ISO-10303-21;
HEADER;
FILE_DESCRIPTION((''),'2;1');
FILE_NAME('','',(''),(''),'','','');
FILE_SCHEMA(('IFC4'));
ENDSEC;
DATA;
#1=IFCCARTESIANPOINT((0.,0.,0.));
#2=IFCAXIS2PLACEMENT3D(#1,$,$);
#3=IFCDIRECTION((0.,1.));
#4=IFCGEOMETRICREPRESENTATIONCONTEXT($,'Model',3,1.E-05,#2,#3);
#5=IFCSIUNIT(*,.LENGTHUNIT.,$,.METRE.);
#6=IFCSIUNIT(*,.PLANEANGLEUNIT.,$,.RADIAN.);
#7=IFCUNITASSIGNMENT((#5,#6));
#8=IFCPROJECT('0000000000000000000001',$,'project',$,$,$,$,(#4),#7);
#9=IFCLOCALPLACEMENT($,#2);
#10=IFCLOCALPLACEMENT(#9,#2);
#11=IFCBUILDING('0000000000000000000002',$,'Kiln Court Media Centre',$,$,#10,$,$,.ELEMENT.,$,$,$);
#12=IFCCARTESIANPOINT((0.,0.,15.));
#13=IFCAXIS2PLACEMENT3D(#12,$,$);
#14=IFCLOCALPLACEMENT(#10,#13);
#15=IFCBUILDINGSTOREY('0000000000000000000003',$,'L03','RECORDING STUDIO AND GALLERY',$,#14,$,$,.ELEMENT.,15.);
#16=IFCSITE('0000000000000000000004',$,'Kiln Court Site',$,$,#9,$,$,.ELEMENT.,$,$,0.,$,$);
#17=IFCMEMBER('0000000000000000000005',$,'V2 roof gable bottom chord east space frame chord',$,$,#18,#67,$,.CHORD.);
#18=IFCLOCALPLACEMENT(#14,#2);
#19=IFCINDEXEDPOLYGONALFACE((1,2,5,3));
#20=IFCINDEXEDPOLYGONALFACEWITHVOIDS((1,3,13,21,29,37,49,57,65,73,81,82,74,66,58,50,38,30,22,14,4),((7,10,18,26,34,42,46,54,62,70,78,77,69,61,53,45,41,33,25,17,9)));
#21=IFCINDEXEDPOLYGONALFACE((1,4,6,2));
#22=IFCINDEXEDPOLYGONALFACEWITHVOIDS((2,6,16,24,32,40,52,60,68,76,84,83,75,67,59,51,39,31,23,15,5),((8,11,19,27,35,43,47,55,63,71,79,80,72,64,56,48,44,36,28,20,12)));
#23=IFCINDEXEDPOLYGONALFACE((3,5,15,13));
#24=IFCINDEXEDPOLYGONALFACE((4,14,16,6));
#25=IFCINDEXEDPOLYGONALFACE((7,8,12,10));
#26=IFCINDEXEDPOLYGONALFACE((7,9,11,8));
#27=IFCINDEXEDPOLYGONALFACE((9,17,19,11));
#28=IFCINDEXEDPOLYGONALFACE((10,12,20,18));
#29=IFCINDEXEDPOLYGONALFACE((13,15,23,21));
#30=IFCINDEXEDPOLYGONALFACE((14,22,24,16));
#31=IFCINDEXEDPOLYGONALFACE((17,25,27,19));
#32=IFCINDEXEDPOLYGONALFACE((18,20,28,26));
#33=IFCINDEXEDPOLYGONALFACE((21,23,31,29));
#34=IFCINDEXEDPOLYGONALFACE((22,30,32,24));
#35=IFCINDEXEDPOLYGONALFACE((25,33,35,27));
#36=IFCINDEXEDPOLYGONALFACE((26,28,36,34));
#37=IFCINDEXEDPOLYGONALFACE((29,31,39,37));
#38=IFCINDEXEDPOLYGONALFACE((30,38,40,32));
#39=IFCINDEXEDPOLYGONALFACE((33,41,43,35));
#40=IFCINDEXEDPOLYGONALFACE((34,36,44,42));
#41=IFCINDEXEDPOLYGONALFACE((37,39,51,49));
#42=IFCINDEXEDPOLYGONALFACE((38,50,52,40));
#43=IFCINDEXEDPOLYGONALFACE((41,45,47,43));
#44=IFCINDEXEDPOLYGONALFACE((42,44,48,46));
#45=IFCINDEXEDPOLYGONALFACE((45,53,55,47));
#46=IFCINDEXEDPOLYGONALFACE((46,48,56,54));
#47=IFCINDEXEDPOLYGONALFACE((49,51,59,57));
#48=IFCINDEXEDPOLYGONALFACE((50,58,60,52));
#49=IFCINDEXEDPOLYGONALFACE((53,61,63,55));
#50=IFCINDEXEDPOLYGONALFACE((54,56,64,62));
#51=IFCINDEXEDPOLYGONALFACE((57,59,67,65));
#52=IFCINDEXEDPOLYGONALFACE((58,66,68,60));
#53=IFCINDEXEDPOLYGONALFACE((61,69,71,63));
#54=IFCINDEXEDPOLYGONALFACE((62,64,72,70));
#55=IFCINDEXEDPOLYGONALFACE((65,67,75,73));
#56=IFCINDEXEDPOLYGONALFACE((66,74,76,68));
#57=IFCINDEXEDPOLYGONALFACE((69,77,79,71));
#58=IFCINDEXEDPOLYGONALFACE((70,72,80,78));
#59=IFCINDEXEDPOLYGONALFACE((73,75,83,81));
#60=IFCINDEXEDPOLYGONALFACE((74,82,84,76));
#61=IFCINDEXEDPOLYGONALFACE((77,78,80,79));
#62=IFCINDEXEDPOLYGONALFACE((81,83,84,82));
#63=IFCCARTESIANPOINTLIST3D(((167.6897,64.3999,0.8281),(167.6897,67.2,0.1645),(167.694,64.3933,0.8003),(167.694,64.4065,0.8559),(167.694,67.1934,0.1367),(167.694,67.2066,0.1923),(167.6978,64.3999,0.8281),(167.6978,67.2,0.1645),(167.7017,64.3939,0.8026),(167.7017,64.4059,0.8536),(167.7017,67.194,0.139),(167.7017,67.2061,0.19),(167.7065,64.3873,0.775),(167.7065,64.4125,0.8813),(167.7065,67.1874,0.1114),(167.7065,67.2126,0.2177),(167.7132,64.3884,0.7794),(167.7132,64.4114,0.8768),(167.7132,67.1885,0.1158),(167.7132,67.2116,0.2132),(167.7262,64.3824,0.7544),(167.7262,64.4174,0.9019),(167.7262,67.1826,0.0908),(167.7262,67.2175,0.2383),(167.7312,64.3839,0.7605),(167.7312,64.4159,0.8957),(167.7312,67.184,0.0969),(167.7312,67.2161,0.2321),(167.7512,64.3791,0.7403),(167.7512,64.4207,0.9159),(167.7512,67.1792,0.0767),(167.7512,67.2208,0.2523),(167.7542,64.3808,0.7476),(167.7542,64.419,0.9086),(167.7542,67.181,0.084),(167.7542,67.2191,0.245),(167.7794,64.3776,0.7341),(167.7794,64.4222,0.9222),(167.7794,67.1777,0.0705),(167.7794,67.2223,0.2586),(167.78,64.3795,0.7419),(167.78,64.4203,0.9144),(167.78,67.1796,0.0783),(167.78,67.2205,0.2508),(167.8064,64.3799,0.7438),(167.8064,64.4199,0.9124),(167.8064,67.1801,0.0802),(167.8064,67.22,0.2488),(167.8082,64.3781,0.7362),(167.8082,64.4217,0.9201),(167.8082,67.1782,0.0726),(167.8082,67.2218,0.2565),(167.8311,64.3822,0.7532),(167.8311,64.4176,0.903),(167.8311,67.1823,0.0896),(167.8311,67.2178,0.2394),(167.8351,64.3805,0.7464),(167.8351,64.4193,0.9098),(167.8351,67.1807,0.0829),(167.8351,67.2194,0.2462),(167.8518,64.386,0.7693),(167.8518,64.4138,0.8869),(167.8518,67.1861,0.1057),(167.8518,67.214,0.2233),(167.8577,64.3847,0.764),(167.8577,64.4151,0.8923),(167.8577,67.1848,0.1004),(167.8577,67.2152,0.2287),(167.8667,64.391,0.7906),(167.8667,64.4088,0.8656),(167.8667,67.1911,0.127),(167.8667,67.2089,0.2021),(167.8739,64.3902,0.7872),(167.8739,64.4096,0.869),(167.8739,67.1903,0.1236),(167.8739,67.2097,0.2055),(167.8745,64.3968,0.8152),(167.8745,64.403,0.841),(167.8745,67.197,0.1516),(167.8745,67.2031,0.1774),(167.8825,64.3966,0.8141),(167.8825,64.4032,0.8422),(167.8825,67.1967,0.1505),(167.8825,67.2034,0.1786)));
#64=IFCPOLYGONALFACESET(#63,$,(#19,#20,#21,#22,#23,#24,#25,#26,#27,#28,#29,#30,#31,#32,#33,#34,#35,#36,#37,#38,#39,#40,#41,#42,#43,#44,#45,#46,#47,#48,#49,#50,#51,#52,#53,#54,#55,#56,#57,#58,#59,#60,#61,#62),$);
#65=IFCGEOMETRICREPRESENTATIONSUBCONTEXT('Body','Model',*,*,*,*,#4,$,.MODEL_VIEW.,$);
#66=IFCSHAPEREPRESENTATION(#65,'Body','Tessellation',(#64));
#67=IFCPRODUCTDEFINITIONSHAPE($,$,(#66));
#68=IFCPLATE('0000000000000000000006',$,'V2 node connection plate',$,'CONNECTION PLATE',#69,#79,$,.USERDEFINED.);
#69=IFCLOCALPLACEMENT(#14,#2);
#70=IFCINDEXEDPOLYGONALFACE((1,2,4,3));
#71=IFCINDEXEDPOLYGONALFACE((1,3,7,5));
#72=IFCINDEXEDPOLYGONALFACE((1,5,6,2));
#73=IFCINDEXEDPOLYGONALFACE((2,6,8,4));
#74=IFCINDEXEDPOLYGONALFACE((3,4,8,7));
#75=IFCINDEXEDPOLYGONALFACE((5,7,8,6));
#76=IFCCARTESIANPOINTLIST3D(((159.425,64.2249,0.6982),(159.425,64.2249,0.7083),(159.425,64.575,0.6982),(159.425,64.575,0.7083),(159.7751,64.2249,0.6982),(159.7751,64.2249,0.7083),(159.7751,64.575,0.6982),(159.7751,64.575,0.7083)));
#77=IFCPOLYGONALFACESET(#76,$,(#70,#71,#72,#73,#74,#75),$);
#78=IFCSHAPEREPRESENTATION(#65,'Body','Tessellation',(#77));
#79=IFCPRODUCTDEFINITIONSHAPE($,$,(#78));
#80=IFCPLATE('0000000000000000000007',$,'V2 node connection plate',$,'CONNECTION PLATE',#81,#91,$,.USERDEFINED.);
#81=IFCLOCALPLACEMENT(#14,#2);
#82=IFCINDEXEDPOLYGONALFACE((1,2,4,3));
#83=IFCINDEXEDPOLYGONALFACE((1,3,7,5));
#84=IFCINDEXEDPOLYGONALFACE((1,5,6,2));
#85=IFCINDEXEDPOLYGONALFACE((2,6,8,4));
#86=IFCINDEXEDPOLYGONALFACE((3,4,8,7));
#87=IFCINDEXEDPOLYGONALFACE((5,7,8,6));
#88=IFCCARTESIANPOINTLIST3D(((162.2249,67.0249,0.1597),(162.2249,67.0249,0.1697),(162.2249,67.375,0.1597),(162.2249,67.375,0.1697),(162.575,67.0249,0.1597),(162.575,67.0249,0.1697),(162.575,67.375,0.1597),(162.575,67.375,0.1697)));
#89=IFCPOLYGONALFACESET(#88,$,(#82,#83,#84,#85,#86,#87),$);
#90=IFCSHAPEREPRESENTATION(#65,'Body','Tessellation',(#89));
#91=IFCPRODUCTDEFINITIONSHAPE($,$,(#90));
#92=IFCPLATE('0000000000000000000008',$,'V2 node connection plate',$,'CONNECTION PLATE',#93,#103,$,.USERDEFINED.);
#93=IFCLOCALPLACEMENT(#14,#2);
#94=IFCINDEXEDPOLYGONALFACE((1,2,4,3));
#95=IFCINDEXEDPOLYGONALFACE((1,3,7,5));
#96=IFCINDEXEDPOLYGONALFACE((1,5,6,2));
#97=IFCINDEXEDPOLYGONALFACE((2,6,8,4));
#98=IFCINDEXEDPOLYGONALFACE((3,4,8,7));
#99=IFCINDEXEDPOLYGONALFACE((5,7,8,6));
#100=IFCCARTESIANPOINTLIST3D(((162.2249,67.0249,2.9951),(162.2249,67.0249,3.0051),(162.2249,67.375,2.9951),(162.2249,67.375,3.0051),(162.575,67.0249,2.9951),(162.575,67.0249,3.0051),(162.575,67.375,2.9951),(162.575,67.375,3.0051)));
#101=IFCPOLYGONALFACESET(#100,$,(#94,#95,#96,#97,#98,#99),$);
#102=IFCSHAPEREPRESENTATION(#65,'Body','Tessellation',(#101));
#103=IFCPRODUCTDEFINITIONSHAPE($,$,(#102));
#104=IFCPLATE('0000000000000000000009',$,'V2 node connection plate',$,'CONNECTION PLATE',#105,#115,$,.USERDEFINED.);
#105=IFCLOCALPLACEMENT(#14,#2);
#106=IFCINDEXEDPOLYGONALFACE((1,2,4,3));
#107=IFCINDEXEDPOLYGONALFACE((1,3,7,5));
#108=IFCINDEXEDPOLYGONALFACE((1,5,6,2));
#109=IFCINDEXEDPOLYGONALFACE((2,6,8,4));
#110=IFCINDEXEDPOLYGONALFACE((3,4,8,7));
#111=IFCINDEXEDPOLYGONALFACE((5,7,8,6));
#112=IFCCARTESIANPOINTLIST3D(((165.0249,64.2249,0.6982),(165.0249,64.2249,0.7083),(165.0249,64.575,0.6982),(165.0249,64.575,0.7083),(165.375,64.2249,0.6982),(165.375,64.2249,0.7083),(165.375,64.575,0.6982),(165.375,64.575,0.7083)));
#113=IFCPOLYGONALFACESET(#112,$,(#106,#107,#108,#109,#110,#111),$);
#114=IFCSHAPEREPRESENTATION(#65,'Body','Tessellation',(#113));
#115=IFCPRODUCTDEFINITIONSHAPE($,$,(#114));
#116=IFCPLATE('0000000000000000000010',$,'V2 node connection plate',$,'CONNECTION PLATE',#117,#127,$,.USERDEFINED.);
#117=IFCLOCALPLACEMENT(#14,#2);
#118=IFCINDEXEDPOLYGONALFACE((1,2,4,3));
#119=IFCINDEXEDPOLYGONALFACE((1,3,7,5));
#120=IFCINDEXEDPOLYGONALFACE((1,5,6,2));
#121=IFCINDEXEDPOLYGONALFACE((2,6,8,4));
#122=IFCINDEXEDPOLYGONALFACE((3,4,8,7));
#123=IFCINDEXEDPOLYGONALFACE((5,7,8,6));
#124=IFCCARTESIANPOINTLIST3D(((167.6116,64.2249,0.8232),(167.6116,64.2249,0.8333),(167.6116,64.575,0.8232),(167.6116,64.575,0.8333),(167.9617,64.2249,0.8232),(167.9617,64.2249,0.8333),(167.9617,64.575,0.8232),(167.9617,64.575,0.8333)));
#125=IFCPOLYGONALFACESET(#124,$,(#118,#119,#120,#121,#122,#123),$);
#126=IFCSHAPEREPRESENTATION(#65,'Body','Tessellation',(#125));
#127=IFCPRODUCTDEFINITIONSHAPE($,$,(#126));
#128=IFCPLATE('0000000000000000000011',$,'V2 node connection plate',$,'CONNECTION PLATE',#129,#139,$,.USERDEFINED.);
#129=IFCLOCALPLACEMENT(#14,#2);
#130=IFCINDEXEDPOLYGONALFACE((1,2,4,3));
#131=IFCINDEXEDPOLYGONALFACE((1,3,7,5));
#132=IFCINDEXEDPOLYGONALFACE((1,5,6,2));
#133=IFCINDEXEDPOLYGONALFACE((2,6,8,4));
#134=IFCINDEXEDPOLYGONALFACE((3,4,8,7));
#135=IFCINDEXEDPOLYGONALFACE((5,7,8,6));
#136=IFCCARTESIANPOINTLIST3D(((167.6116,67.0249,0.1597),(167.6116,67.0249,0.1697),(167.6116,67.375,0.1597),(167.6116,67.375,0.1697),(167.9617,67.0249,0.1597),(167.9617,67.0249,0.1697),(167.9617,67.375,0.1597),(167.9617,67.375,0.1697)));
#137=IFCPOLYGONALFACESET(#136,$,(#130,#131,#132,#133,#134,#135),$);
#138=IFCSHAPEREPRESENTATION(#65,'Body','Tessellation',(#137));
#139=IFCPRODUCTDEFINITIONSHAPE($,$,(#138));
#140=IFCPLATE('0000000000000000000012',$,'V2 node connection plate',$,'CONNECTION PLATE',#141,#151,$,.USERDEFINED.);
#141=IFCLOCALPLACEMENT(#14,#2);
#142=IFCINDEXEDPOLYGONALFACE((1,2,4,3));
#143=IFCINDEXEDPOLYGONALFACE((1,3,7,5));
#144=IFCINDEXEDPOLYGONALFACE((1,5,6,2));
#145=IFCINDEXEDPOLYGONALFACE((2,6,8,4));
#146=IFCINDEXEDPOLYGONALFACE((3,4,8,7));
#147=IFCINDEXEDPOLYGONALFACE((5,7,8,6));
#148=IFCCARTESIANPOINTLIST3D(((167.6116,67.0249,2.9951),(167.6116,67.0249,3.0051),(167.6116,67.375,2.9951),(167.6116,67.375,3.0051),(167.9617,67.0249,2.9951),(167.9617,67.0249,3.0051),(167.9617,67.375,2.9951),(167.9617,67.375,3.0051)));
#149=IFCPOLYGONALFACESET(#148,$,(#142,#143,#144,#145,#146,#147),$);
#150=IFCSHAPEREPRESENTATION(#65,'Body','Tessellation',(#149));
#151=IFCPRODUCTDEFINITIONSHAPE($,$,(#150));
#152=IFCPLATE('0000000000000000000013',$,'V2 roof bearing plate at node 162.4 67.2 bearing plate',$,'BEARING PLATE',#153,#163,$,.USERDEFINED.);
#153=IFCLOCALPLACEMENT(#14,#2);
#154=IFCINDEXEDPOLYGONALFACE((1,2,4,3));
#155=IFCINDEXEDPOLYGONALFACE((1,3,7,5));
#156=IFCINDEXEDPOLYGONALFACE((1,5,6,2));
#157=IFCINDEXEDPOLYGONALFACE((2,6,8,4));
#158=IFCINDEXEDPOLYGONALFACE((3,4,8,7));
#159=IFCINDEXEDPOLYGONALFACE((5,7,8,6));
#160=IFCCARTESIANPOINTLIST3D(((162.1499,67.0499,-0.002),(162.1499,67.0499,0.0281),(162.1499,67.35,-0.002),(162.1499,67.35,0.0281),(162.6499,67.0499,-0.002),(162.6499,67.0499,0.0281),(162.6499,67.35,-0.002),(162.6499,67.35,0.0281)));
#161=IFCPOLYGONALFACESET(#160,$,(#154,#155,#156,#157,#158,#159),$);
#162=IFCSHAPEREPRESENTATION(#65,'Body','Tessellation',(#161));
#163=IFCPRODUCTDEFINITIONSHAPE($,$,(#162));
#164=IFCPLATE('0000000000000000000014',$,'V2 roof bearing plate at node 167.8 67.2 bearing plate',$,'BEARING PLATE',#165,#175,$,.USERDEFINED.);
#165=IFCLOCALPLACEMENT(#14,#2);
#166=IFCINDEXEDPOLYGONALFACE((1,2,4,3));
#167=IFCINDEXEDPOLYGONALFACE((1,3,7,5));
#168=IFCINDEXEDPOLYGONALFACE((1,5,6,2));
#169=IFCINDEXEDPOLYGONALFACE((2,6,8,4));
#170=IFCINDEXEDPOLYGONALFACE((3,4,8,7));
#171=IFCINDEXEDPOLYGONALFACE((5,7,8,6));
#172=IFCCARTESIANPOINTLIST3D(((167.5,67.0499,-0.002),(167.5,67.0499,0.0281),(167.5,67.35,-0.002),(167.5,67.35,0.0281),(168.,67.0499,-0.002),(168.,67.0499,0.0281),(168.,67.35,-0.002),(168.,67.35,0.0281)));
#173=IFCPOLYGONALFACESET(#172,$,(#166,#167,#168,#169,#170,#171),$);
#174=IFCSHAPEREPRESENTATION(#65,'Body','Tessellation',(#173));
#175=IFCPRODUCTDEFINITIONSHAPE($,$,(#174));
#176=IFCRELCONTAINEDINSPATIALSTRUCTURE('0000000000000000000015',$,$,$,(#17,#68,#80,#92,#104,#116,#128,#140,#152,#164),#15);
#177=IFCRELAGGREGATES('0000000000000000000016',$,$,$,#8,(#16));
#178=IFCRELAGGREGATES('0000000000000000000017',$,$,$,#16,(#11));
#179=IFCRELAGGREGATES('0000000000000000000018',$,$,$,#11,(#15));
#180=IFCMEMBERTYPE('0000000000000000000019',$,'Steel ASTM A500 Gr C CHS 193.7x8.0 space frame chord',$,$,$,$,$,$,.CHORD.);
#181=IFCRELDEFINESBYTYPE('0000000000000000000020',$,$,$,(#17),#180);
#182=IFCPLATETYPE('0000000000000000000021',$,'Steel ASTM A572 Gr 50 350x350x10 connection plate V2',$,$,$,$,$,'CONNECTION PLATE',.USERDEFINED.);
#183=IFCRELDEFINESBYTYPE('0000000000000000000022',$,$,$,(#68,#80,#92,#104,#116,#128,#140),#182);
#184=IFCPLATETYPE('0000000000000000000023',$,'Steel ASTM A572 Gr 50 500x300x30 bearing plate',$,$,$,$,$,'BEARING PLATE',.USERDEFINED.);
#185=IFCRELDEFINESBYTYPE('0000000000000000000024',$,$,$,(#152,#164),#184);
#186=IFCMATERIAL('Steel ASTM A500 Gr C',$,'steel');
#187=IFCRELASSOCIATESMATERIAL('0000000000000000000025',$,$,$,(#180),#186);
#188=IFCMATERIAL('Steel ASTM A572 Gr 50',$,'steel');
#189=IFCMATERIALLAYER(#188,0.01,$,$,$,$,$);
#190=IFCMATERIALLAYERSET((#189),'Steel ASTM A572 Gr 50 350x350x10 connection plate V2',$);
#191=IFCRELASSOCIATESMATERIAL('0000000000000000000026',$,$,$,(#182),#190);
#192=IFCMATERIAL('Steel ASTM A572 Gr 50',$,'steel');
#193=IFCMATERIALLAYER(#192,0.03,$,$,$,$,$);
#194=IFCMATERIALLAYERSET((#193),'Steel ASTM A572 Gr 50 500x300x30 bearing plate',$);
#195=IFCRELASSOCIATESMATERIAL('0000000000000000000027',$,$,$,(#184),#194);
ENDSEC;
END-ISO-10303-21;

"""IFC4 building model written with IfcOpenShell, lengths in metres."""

from ifc_helpers import new_model, si_unit, direction, frame, origin, origin_2d, place, context, subcontext, project, spatial, rectangle, hollow_circle, extrude, material, layer, layer_set, material_profile, profile_set, type_object, element, save


model = new_model("IFC4")

# Units and contexts
model_context = context("Model", 3, precision=1e-05, world=origin(), true_north=direction((0.0, 1.0)))
body_context = subcontext(model_context, "Body", "Model", "MODEL_VIEW")
ifc_project = project(units=[si_unit("LENGTHUNIT", "METRE"), si_unit("PLANEANGLEUNIT", "RADIAN")], contexts=[model_context])

# Site, building, storey
site_placement = place(None, origin())
site = spatial("IfcSite", under=ifc_project, at=site_placement, Name="Kiln Court Site", CompositionType="ELEMENT", RefElevation=0.0)
building_placement = place(site_placement, origin())
building = spatial("IfcBuilding", under=site, at=building_placement, Name="Kiln Court Media Centre", CompositionType="ELEMENT")
storey_placement = place(building_placement, frame((0.0, 0.0, 15.0)))
storey = spatial("IfcBuildingStorey", under=building, at=storey_placement, Name="L03", Description="RECORDING STUDIO AND GALLERY", CompositionType="ELEMENT", Elevation=15.0)

# Member
ifc_material_1 = material(Name="Steel ASTM A500 Gr C", Category="steel")
ifc_material_profile_1 = material_profile(ifc_material_1, hollow_circle(Radius=0.0969, WallThickness=0.0081, at=origin_2d()), Name="CHS 193.7x8.0")
ifc_profile_set_1 = profile_set([ifc_material_profile_1], Name="Steel ASTM A500 Gr C")
member_type_1 = type_object("IfcMemberType", Name="Steel ASTM A500 Gr C CHS 193.7x8.0 space frame chord", PredefinedType="CHORD", material=ifc_profile_set_1)
member_1_placement = place(storey_placement, frame((167.7866, 64.3999, 0.8281), z_axis=(0.0, 0.973049, -0.2306), x_axis=(-1.0, 0.0, 0.0)))
element("IfcMember", 1, at=member_1_placement, inside=storey, type_object=member_type_1, Name="V2 roof gable bottom chord east space frame chord", PredefinedType="CHORD", context=body_context, shape_type="SweptSolid", body=[
    extrude(hollow_circle(Radius=0.0969, WallThickness=0.0081, at=origin_2d()), origin(), (0.0, 0.0, 1.0), 2.8777),
])

# Plates
ifc_material_2 = material(Name="Steel ASTM A572 Gr 50", Category="steel")
ifc_layer_1 = layer(ifc_material_2, 0.01)
ifc_layer_set_1 = layer_set([ifc_layer_1], Name="Steel ASTM A572 Gr 50 350x350x10 connection plate V2")
plate_type_1 = type_object("IfcPlateType", Name="Steel ASTM A572 Gr 50 350x350x10 connection plate V2", ElementType="CONNECTION PLATE", PredefinedType="USERDEFINED", material=ifc_layer_set_1)
for number, where, z_axis, x_axis, name in (
    (2, (159.6001, 64.3999, 0.6982), (0.0, 0.0, 1.0), (1.0, 0.0, 0.0), "V2 node connection plate"),
    (3, (162.3999, 67.2, 0.1597), (0.0, 0.0, 1.0), (1.0, 0.0, 0.0), "V2 node connection plate"),
    (4, (162.3999, 67.2, 2.9951), (0.0, 0.0, 1.0), (1.0, 0.0, 0.0), "V2 node connection plate"),
    (5, (165.2, 64.3999, 0.6982), (0.0, 0.0, 1.0), (1.0, 0.0, 0.0), "V2 node connection plate"),
    (6, (167.7866, 64.3999, 0.8232), (0.0, 0.0, 1.0), (1.0, 0.0, 0.0), "V2 node connection plate"),
    (7, (167.7866, 67.2, 0.1597), (0.0, 0.0, 1.0), (1.0, 0.0, 0.0), "V2 node connection plate"),
    (8, (167.7866, 67.2, 2.9951), (0.0, 0.0, 1.0), (1.0, 0.0, 0.0), "V2 node connection plate"),
):
    element("IfcPlate", number, at=place(storey_placement, frame(where, z_axis=z_axis, x_axis=x_axis)), inside=storey, type_object=plate_type_1, Name=name, ObjectType="CONNECTION PLATE", PredefinedType="USERDEFINED", context=body_context, shape_type="SweptSolid", body=[
        extrude(rectangle(XDim=0.3501, YDim=0.3501, at=origin_2d()), origin(), (0.0, 0.0, 1.0), 0.01),
    ])
ifc_material_3 = material(Name="Steel ASTM A572 Gr 50", Category="steel")
ifc_layer_2 = layer(ifc_material_3, 0.03)
ifc_layer_set_2 = layer_set([ifc_layer_2], Name="Steel ASTM A572 Gr 50 500x300x30 bearing plate")
plate_type_2 = type_object("IfcPlateType", Name="Steel ASTM A572 Gr 50 500x300x30 bearing plate", ElementType="BEARING PLATE", PredefinedType="USERDEFINED", material=ifc_layer_set_2)
for number, where, z_axis, x_axis, name in (
    (9, (162.3999, 67.2, -0.002), (0.0, 0.0, 1.0), (1.0, 0.0, 0.0), "V2 roof bearing plate at node 162.4 67.2 bearing plate"),
    (10, (167.75, 67.2, -0.002), (0.0, 0.0, 1.0), (1.0, 0.0, 0.0), "V2 roof bearing plate at node 167.8 67.2 bearing plate"),
):
    element("IfcPlate", number, at=place(storey_placement, frame(where, z_axis=z_axis, x_axis=x_axis)), inside=storey, type_object=plate_type_2, Name=name, ObjectType="BEARING PLATE", PredefinedType="USERDEFINED", context=body_context, shape_type="SweptSolid", body=[
        extrude(rectangle(XDim=0.5, YDim=0.3, at=origin_2d()), origin(), (0.0, 0.0, 1.0), 0.03),
    ])

save(model, "model.ifc")
